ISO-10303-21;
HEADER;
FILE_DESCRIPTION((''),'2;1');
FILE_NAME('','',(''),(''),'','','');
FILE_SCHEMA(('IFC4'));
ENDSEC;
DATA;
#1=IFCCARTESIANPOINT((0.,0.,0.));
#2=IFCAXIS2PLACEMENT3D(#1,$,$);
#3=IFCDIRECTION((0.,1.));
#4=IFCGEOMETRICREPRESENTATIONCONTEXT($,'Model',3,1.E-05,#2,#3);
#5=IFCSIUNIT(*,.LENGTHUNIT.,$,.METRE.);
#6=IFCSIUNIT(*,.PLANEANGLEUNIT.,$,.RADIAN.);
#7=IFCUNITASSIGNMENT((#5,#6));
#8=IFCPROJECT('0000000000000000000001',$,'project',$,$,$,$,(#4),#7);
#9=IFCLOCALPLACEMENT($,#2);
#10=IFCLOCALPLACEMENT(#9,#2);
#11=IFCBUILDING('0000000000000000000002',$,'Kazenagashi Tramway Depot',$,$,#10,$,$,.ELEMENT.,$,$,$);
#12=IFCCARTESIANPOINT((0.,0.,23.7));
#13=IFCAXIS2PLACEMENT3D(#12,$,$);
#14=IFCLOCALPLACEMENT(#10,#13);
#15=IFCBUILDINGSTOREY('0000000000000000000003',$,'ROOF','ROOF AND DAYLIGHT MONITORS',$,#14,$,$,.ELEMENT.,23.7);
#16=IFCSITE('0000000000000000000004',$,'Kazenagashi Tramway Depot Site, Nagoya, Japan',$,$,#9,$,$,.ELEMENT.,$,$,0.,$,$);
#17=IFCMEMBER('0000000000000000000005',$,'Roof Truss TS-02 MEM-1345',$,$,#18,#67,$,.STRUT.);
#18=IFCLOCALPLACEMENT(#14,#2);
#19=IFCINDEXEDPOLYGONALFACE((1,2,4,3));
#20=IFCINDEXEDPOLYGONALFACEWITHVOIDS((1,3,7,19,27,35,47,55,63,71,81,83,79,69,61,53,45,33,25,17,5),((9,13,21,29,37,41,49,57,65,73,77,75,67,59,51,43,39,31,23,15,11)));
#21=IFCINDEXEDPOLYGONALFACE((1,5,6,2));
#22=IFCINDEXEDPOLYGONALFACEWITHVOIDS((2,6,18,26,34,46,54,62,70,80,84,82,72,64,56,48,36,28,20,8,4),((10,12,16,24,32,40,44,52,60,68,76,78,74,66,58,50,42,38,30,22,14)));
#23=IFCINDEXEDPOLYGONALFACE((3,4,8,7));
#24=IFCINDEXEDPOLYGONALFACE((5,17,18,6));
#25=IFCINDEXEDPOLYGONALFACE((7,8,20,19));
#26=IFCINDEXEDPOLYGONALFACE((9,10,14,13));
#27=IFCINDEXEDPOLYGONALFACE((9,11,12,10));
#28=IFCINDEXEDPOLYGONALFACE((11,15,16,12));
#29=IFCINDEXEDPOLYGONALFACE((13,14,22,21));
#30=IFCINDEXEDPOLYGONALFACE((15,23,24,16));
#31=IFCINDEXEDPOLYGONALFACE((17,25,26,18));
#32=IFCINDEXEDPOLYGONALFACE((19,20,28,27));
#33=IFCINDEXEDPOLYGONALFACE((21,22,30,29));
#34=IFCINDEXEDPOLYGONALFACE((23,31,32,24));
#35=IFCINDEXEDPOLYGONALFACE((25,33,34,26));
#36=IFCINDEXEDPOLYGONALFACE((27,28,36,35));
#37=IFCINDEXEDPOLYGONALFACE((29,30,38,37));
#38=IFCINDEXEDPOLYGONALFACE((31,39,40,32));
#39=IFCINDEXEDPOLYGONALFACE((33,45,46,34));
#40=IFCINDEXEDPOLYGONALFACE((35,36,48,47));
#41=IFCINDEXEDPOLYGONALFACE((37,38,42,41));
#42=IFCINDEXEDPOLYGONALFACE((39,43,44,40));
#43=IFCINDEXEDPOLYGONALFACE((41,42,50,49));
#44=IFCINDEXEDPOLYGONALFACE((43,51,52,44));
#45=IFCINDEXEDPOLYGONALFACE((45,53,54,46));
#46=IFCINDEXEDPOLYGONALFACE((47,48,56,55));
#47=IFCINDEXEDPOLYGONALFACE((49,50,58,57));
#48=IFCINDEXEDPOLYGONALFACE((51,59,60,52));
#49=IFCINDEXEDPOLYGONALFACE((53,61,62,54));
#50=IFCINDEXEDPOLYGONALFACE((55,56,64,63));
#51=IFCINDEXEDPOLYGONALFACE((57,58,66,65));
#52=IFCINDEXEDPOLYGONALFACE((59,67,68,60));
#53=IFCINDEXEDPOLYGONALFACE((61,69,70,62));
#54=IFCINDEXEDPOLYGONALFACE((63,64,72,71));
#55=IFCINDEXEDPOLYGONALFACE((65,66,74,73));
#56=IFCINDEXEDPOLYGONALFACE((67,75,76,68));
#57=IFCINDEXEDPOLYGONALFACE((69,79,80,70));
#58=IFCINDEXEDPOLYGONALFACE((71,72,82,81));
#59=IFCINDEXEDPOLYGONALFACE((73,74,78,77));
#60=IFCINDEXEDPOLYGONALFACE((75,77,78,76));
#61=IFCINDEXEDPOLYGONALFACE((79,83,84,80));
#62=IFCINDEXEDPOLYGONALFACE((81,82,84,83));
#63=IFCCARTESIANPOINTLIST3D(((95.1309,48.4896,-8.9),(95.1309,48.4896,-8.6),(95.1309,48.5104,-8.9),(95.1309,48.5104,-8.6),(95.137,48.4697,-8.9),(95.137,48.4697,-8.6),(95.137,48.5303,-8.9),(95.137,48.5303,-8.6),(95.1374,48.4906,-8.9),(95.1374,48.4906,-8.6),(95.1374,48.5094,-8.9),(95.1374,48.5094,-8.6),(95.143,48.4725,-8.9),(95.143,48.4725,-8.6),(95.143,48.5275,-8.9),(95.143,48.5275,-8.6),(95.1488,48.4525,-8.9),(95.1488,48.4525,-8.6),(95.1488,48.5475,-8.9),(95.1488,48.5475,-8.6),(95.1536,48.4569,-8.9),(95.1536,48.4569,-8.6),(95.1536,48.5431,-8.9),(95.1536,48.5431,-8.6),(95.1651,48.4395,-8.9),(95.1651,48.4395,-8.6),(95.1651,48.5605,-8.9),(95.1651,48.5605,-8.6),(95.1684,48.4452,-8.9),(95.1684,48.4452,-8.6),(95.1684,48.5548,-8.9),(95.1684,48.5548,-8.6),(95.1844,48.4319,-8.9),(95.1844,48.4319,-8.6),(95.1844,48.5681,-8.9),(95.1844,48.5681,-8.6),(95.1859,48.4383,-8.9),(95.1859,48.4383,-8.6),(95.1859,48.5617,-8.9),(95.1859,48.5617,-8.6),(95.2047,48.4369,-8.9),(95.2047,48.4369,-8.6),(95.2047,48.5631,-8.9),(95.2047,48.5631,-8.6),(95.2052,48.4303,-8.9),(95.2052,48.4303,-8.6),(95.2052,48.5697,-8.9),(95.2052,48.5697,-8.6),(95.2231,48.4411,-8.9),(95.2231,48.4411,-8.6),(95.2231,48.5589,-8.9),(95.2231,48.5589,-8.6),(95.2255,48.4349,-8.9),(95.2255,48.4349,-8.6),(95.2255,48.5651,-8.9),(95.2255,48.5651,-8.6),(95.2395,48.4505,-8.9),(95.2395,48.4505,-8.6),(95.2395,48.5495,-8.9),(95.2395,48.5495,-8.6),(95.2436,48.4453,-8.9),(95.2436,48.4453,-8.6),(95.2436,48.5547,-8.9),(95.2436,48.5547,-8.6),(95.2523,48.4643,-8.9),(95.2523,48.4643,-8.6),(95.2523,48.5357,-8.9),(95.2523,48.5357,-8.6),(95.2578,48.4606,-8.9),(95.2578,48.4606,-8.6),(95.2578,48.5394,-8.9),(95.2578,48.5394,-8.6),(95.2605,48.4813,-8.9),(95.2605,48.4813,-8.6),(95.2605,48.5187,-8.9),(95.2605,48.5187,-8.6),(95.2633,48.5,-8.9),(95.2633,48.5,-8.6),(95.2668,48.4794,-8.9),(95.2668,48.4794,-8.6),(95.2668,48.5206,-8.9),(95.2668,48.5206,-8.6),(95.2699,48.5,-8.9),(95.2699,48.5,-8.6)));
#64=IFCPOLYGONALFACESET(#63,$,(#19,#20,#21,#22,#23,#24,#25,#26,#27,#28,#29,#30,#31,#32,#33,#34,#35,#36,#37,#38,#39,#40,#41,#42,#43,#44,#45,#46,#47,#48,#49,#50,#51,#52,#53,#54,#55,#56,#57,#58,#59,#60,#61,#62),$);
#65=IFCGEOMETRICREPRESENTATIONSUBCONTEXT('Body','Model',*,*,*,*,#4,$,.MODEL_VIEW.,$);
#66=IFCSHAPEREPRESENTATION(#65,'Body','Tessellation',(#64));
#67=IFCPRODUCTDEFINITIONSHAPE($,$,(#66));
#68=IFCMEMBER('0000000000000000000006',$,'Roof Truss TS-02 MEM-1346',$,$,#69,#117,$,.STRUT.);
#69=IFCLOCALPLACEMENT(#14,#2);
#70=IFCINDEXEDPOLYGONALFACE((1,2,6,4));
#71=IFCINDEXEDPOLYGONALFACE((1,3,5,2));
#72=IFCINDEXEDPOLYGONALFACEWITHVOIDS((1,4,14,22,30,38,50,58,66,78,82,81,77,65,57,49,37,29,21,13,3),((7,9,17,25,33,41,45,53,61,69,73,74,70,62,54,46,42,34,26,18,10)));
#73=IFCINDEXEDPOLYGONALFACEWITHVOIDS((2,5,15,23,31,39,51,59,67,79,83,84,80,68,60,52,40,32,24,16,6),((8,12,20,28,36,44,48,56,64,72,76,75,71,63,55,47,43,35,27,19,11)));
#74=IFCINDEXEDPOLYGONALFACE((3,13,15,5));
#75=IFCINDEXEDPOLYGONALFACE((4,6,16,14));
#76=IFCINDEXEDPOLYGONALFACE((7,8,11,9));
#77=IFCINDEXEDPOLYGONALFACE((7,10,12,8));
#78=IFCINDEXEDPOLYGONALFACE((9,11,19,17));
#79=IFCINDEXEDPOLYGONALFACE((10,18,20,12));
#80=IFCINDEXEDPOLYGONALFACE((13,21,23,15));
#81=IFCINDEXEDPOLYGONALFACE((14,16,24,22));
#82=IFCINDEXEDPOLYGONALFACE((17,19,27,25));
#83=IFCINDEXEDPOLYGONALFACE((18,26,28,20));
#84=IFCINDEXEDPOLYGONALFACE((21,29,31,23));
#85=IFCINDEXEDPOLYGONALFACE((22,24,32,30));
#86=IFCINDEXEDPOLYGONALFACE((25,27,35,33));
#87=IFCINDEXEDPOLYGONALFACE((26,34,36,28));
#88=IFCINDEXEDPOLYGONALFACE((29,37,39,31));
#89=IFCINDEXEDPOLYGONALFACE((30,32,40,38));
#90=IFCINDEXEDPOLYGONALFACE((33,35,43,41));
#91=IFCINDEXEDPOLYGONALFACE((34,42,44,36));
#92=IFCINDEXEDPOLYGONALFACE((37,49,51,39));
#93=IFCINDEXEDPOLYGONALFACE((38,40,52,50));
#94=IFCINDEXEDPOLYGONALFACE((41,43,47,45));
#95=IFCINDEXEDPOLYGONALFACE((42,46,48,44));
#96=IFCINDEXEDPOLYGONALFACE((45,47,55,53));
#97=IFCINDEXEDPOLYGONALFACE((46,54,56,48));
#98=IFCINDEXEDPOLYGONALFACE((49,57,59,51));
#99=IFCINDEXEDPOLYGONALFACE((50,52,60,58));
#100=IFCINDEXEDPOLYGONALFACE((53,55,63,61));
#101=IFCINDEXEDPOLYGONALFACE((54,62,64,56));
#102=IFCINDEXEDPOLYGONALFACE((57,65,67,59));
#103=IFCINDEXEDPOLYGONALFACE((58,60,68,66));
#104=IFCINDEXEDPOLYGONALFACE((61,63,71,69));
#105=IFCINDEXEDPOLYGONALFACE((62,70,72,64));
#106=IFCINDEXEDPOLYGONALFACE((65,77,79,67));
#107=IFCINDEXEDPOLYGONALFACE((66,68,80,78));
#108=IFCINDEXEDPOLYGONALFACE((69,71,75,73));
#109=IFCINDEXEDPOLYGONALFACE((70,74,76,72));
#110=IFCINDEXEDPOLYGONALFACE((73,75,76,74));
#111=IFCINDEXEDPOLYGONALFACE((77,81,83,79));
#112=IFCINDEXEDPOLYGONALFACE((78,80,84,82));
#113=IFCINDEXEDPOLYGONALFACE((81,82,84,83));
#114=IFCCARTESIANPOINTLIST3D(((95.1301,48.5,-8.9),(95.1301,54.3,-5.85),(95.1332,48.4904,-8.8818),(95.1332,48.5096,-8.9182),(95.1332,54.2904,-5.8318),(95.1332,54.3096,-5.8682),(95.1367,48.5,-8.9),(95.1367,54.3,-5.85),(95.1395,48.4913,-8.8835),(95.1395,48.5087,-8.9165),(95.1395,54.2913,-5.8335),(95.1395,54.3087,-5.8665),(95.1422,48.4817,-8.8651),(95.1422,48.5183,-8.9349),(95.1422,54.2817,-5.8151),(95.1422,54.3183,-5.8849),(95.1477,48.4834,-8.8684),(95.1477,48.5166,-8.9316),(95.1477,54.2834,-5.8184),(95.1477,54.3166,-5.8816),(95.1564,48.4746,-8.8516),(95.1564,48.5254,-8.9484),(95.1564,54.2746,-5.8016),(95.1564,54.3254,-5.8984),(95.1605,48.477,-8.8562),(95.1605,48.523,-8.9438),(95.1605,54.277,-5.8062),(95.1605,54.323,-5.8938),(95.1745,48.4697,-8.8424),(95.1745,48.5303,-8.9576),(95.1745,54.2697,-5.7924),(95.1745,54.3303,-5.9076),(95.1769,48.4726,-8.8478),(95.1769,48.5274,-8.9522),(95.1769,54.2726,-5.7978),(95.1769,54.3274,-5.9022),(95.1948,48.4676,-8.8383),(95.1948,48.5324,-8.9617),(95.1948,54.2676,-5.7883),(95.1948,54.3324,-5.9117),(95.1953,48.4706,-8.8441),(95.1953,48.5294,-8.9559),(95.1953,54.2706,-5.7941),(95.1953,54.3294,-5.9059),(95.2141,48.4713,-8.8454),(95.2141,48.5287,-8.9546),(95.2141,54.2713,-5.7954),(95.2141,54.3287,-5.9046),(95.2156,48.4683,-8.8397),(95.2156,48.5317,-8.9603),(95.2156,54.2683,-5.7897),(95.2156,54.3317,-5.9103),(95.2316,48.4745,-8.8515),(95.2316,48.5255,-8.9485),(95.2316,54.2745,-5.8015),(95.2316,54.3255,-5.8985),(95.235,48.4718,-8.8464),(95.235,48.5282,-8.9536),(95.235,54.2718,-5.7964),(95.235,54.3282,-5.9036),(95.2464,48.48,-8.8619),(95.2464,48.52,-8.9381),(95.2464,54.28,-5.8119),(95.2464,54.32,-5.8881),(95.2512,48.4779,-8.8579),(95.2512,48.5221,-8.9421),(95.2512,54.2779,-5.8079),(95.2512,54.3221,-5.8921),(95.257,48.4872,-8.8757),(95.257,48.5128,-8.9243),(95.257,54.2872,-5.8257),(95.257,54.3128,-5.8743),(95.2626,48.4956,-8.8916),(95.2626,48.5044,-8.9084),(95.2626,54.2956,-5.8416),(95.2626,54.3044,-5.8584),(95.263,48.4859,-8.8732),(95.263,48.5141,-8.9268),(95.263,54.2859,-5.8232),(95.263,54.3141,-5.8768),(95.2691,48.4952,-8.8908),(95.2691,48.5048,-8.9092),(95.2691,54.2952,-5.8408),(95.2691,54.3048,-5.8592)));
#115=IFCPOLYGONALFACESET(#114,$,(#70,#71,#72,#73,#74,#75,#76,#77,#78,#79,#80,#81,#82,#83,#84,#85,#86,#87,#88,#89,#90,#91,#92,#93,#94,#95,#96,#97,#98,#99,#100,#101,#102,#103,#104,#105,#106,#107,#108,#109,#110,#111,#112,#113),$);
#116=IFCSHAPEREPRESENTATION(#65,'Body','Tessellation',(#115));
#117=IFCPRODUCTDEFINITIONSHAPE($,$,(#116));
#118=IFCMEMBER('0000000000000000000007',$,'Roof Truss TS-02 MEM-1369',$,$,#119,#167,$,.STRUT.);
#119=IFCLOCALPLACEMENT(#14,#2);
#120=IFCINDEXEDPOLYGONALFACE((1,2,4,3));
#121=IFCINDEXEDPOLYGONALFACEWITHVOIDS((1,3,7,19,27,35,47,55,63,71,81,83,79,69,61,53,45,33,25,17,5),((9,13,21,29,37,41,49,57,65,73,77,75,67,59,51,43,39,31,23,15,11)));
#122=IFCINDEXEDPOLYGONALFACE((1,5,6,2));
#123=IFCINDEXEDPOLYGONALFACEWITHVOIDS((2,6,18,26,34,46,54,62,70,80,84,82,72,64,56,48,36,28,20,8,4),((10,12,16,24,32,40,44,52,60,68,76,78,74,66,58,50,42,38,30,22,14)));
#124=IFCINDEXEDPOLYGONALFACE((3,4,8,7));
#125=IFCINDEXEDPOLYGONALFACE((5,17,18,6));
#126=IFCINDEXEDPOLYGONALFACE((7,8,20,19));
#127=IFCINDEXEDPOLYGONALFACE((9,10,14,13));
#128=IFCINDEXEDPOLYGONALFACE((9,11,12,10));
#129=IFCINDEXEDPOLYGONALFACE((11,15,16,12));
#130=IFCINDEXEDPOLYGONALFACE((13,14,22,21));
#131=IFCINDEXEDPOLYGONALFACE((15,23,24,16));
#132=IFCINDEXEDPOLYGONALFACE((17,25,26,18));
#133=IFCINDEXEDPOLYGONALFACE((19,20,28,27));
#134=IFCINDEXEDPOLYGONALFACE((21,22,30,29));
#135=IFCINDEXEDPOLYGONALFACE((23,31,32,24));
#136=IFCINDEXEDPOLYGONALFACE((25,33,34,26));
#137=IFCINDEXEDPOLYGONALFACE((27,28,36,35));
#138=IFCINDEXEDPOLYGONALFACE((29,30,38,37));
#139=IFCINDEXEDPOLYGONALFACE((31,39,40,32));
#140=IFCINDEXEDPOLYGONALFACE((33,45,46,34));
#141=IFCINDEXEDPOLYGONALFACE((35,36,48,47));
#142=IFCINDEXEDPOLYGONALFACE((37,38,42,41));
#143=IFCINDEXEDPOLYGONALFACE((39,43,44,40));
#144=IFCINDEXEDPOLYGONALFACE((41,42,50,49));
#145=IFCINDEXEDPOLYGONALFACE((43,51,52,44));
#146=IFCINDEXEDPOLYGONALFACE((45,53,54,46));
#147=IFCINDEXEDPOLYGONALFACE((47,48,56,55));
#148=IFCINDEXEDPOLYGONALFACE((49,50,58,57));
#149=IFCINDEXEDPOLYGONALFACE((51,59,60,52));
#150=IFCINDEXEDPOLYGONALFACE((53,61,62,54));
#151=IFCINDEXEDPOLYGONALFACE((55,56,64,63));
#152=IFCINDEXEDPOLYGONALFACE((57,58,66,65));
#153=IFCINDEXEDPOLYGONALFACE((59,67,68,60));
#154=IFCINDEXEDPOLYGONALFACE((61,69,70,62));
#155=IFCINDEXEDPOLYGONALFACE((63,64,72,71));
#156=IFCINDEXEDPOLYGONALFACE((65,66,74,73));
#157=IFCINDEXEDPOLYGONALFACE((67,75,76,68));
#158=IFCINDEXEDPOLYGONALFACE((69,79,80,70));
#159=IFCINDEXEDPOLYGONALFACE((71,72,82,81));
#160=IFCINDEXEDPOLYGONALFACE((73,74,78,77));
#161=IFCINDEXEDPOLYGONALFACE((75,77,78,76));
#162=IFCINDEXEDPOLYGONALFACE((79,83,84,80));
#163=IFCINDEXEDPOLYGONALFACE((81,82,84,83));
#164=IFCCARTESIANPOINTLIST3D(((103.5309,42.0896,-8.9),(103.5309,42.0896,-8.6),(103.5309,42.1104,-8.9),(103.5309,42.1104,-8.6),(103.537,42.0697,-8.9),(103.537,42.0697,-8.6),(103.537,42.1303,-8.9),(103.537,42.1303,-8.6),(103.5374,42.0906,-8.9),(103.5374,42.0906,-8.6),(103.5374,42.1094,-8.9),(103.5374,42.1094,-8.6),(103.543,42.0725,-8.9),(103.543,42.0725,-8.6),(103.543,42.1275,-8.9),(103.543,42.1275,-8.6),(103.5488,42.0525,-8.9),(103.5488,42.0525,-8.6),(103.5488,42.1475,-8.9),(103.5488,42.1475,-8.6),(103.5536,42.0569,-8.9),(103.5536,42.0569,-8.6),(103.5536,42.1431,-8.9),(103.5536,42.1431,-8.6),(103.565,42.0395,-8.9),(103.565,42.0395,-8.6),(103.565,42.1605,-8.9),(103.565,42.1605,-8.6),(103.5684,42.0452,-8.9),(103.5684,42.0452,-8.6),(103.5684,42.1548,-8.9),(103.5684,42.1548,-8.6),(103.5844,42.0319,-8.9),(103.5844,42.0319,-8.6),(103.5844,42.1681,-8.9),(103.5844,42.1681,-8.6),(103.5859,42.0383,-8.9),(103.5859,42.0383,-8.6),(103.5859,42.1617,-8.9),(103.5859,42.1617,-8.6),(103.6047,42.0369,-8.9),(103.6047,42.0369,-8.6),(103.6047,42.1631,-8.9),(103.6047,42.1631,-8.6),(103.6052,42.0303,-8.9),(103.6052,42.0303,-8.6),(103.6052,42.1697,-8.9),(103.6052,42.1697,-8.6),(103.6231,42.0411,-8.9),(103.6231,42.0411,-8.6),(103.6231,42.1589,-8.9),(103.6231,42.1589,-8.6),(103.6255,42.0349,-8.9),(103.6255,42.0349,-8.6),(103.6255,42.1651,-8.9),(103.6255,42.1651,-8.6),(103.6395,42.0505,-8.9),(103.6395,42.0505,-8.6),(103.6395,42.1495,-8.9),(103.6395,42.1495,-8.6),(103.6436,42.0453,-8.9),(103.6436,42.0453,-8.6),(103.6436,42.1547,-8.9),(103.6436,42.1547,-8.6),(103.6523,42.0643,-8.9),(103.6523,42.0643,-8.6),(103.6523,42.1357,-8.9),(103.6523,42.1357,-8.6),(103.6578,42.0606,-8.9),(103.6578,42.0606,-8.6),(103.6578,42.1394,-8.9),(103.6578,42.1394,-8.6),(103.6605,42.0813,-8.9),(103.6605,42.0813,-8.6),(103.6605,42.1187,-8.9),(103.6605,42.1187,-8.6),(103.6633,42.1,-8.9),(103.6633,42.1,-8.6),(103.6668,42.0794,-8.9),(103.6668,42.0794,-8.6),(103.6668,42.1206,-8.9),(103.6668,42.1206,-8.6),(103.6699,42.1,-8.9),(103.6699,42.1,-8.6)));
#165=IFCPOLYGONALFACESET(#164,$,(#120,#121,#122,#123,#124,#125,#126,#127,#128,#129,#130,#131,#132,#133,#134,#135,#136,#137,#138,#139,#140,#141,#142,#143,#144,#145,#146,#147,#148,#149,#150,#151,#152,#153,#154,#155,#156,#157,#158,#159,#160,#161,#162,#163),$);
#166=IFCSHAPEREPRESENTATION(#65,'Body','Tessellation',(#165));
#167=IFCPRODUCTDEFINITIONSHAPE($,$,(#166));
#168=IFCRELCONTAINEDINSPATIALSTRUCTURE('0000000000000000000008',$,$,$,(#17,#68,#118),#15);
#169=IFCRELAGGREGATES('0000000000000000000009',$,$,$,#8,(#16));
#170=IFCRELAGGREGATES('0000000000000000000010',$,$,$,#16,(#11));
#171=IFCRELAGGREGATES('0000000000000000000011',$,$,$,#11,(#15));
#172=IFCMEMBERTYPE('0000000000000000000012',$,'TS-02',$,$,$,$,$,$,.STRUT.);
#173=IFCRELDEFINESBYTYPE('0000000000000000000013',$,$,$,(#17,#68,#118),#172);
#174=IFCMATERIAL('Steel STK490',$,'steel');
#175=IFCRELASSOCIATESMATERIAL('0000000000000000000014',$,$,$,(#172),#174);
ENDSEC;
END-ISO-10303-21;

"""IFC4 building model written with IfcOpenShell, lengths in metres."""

from ifc_helpers import new_model, si_unit, direction, frame, origin, origin_2d, place, context, subcontext, project, spatial, hollow_circle, extrude, material, material_profile, profile_set, type_object, element, save


model = new_model("IFC4")

# Units and contexts
model_context = context("Model", 3, precision=1e-05, world=origin(), true_north=direction((0.0, 1.0)))
body_context = subcontext(model_context, "Body", "Model", "MODEL_VIEW")
ifc_project = project(units=[si_unit("LENGTHUNIT", "METRE"), si_unit("PLANEANGLEUNIT", "RADIAN")], contexts=[model_context])

# Site, building, storey
site_placement = place(None, origin())
site = spatial("IfcSite", under=ifc_project, at=site_placement, Name="Kazenagashi Tramway Depot Site, Nagoya, Japan", CompositionType="ELEMENT", RefElevation=0.0)
building_placement = place(site_placement, origin())
building = spatial("IfcBuilding", under=site, at=building_placement, Name="Kazenagashi Tramway Depot", CompositionType="ELEMENT")
storey_placement = place(building_placement, frame((0.0, 0.0, 23.7)))
storey = spatial("IfcBuildingStorey", under=building, at=storey_placement, Name="ROOF", Description="ROOF AND DAYLIGHT MONITORS", CompositionType="ELEMENT", Elevation=23.7)

# Members
ifc_material_1 = material(Name="Steel STK490", Category="steel")
ifc_material_profile_1 = material_profile(ifc_material_1, hollow_circle(Radius=0.0699, WallThickness=0.0066, at=origin_2d()), Name="CHS-139.8x6.6")
ifc_profile_set_1 = profile_set([ifc_material_profile_1], Name="Steel STK490")
member_type_1 = type_object("IfcMemberType", Name="TS-02", PredefinedType="STRUT", material=ifc_profile_set_1)
member_1_placement = place(storey_placement, frame((95.2, 48.5, -8.9), z_axis=(0.0, 0.0, 1.0), x_axis=(1.0, 0.0, 0.0)))
element("IfcMember", 1, at=member_1_placement, inside=storey, type_object=member_type_1, Name="Roof Truss TS-02 MEM-1345", PredefinedType="STRUT", context=body_context, shape_type="SweptSolid", body=[
    extrude(hollow_circle(Radius=0.0699, WallThickness=0.0066, at=origin_2d()), origin(), (0.0, 0.0, 1.0), 0.3),
])
member_2_placement = place(storey_placement, frame((95.2, 48.5, -8.9), z_axis=(0.0, 0.885084, 0.465432), x_axis=(-1.0, 0.0, 0.0)))
element("IfcMember", 2, at=member_2_placement, inside=storey, type_object=member_type_1, Name="Roof Truss TS-02 MEM-1346", PredefinedType="STRUT", context=body_context, shape_type="SweptSolid", body=[
    extrude(hollow_circle(Radius=0.0699, WallThickness=0.0066, at=origin_2d()), origin(), (0.0, 0.0, 1.0), 6.5531),
])
member_3_placement = place(storey_placement, frame((103.6, 42.1, -8.9), z_axis=(0.0, 0.0, 1.0), x_axis=(1.0, 0.0, 0.0)))
element("IfcMember", 3, at=member_3_placement, inside=storey, type_object=member_type_1, Name="Roof Truss TS-02 MEM-1369", PredefinedType="STRUT", context=body_context, shape_type="SweptSolid", body=[
    extrude(hollow_circle(Radius=0.0699, WallThickness=0.0066, at=origin_2d()), origin(), (0.0, 0.0, 1.0), 0.3),
])

save(model, "model.ifc")
